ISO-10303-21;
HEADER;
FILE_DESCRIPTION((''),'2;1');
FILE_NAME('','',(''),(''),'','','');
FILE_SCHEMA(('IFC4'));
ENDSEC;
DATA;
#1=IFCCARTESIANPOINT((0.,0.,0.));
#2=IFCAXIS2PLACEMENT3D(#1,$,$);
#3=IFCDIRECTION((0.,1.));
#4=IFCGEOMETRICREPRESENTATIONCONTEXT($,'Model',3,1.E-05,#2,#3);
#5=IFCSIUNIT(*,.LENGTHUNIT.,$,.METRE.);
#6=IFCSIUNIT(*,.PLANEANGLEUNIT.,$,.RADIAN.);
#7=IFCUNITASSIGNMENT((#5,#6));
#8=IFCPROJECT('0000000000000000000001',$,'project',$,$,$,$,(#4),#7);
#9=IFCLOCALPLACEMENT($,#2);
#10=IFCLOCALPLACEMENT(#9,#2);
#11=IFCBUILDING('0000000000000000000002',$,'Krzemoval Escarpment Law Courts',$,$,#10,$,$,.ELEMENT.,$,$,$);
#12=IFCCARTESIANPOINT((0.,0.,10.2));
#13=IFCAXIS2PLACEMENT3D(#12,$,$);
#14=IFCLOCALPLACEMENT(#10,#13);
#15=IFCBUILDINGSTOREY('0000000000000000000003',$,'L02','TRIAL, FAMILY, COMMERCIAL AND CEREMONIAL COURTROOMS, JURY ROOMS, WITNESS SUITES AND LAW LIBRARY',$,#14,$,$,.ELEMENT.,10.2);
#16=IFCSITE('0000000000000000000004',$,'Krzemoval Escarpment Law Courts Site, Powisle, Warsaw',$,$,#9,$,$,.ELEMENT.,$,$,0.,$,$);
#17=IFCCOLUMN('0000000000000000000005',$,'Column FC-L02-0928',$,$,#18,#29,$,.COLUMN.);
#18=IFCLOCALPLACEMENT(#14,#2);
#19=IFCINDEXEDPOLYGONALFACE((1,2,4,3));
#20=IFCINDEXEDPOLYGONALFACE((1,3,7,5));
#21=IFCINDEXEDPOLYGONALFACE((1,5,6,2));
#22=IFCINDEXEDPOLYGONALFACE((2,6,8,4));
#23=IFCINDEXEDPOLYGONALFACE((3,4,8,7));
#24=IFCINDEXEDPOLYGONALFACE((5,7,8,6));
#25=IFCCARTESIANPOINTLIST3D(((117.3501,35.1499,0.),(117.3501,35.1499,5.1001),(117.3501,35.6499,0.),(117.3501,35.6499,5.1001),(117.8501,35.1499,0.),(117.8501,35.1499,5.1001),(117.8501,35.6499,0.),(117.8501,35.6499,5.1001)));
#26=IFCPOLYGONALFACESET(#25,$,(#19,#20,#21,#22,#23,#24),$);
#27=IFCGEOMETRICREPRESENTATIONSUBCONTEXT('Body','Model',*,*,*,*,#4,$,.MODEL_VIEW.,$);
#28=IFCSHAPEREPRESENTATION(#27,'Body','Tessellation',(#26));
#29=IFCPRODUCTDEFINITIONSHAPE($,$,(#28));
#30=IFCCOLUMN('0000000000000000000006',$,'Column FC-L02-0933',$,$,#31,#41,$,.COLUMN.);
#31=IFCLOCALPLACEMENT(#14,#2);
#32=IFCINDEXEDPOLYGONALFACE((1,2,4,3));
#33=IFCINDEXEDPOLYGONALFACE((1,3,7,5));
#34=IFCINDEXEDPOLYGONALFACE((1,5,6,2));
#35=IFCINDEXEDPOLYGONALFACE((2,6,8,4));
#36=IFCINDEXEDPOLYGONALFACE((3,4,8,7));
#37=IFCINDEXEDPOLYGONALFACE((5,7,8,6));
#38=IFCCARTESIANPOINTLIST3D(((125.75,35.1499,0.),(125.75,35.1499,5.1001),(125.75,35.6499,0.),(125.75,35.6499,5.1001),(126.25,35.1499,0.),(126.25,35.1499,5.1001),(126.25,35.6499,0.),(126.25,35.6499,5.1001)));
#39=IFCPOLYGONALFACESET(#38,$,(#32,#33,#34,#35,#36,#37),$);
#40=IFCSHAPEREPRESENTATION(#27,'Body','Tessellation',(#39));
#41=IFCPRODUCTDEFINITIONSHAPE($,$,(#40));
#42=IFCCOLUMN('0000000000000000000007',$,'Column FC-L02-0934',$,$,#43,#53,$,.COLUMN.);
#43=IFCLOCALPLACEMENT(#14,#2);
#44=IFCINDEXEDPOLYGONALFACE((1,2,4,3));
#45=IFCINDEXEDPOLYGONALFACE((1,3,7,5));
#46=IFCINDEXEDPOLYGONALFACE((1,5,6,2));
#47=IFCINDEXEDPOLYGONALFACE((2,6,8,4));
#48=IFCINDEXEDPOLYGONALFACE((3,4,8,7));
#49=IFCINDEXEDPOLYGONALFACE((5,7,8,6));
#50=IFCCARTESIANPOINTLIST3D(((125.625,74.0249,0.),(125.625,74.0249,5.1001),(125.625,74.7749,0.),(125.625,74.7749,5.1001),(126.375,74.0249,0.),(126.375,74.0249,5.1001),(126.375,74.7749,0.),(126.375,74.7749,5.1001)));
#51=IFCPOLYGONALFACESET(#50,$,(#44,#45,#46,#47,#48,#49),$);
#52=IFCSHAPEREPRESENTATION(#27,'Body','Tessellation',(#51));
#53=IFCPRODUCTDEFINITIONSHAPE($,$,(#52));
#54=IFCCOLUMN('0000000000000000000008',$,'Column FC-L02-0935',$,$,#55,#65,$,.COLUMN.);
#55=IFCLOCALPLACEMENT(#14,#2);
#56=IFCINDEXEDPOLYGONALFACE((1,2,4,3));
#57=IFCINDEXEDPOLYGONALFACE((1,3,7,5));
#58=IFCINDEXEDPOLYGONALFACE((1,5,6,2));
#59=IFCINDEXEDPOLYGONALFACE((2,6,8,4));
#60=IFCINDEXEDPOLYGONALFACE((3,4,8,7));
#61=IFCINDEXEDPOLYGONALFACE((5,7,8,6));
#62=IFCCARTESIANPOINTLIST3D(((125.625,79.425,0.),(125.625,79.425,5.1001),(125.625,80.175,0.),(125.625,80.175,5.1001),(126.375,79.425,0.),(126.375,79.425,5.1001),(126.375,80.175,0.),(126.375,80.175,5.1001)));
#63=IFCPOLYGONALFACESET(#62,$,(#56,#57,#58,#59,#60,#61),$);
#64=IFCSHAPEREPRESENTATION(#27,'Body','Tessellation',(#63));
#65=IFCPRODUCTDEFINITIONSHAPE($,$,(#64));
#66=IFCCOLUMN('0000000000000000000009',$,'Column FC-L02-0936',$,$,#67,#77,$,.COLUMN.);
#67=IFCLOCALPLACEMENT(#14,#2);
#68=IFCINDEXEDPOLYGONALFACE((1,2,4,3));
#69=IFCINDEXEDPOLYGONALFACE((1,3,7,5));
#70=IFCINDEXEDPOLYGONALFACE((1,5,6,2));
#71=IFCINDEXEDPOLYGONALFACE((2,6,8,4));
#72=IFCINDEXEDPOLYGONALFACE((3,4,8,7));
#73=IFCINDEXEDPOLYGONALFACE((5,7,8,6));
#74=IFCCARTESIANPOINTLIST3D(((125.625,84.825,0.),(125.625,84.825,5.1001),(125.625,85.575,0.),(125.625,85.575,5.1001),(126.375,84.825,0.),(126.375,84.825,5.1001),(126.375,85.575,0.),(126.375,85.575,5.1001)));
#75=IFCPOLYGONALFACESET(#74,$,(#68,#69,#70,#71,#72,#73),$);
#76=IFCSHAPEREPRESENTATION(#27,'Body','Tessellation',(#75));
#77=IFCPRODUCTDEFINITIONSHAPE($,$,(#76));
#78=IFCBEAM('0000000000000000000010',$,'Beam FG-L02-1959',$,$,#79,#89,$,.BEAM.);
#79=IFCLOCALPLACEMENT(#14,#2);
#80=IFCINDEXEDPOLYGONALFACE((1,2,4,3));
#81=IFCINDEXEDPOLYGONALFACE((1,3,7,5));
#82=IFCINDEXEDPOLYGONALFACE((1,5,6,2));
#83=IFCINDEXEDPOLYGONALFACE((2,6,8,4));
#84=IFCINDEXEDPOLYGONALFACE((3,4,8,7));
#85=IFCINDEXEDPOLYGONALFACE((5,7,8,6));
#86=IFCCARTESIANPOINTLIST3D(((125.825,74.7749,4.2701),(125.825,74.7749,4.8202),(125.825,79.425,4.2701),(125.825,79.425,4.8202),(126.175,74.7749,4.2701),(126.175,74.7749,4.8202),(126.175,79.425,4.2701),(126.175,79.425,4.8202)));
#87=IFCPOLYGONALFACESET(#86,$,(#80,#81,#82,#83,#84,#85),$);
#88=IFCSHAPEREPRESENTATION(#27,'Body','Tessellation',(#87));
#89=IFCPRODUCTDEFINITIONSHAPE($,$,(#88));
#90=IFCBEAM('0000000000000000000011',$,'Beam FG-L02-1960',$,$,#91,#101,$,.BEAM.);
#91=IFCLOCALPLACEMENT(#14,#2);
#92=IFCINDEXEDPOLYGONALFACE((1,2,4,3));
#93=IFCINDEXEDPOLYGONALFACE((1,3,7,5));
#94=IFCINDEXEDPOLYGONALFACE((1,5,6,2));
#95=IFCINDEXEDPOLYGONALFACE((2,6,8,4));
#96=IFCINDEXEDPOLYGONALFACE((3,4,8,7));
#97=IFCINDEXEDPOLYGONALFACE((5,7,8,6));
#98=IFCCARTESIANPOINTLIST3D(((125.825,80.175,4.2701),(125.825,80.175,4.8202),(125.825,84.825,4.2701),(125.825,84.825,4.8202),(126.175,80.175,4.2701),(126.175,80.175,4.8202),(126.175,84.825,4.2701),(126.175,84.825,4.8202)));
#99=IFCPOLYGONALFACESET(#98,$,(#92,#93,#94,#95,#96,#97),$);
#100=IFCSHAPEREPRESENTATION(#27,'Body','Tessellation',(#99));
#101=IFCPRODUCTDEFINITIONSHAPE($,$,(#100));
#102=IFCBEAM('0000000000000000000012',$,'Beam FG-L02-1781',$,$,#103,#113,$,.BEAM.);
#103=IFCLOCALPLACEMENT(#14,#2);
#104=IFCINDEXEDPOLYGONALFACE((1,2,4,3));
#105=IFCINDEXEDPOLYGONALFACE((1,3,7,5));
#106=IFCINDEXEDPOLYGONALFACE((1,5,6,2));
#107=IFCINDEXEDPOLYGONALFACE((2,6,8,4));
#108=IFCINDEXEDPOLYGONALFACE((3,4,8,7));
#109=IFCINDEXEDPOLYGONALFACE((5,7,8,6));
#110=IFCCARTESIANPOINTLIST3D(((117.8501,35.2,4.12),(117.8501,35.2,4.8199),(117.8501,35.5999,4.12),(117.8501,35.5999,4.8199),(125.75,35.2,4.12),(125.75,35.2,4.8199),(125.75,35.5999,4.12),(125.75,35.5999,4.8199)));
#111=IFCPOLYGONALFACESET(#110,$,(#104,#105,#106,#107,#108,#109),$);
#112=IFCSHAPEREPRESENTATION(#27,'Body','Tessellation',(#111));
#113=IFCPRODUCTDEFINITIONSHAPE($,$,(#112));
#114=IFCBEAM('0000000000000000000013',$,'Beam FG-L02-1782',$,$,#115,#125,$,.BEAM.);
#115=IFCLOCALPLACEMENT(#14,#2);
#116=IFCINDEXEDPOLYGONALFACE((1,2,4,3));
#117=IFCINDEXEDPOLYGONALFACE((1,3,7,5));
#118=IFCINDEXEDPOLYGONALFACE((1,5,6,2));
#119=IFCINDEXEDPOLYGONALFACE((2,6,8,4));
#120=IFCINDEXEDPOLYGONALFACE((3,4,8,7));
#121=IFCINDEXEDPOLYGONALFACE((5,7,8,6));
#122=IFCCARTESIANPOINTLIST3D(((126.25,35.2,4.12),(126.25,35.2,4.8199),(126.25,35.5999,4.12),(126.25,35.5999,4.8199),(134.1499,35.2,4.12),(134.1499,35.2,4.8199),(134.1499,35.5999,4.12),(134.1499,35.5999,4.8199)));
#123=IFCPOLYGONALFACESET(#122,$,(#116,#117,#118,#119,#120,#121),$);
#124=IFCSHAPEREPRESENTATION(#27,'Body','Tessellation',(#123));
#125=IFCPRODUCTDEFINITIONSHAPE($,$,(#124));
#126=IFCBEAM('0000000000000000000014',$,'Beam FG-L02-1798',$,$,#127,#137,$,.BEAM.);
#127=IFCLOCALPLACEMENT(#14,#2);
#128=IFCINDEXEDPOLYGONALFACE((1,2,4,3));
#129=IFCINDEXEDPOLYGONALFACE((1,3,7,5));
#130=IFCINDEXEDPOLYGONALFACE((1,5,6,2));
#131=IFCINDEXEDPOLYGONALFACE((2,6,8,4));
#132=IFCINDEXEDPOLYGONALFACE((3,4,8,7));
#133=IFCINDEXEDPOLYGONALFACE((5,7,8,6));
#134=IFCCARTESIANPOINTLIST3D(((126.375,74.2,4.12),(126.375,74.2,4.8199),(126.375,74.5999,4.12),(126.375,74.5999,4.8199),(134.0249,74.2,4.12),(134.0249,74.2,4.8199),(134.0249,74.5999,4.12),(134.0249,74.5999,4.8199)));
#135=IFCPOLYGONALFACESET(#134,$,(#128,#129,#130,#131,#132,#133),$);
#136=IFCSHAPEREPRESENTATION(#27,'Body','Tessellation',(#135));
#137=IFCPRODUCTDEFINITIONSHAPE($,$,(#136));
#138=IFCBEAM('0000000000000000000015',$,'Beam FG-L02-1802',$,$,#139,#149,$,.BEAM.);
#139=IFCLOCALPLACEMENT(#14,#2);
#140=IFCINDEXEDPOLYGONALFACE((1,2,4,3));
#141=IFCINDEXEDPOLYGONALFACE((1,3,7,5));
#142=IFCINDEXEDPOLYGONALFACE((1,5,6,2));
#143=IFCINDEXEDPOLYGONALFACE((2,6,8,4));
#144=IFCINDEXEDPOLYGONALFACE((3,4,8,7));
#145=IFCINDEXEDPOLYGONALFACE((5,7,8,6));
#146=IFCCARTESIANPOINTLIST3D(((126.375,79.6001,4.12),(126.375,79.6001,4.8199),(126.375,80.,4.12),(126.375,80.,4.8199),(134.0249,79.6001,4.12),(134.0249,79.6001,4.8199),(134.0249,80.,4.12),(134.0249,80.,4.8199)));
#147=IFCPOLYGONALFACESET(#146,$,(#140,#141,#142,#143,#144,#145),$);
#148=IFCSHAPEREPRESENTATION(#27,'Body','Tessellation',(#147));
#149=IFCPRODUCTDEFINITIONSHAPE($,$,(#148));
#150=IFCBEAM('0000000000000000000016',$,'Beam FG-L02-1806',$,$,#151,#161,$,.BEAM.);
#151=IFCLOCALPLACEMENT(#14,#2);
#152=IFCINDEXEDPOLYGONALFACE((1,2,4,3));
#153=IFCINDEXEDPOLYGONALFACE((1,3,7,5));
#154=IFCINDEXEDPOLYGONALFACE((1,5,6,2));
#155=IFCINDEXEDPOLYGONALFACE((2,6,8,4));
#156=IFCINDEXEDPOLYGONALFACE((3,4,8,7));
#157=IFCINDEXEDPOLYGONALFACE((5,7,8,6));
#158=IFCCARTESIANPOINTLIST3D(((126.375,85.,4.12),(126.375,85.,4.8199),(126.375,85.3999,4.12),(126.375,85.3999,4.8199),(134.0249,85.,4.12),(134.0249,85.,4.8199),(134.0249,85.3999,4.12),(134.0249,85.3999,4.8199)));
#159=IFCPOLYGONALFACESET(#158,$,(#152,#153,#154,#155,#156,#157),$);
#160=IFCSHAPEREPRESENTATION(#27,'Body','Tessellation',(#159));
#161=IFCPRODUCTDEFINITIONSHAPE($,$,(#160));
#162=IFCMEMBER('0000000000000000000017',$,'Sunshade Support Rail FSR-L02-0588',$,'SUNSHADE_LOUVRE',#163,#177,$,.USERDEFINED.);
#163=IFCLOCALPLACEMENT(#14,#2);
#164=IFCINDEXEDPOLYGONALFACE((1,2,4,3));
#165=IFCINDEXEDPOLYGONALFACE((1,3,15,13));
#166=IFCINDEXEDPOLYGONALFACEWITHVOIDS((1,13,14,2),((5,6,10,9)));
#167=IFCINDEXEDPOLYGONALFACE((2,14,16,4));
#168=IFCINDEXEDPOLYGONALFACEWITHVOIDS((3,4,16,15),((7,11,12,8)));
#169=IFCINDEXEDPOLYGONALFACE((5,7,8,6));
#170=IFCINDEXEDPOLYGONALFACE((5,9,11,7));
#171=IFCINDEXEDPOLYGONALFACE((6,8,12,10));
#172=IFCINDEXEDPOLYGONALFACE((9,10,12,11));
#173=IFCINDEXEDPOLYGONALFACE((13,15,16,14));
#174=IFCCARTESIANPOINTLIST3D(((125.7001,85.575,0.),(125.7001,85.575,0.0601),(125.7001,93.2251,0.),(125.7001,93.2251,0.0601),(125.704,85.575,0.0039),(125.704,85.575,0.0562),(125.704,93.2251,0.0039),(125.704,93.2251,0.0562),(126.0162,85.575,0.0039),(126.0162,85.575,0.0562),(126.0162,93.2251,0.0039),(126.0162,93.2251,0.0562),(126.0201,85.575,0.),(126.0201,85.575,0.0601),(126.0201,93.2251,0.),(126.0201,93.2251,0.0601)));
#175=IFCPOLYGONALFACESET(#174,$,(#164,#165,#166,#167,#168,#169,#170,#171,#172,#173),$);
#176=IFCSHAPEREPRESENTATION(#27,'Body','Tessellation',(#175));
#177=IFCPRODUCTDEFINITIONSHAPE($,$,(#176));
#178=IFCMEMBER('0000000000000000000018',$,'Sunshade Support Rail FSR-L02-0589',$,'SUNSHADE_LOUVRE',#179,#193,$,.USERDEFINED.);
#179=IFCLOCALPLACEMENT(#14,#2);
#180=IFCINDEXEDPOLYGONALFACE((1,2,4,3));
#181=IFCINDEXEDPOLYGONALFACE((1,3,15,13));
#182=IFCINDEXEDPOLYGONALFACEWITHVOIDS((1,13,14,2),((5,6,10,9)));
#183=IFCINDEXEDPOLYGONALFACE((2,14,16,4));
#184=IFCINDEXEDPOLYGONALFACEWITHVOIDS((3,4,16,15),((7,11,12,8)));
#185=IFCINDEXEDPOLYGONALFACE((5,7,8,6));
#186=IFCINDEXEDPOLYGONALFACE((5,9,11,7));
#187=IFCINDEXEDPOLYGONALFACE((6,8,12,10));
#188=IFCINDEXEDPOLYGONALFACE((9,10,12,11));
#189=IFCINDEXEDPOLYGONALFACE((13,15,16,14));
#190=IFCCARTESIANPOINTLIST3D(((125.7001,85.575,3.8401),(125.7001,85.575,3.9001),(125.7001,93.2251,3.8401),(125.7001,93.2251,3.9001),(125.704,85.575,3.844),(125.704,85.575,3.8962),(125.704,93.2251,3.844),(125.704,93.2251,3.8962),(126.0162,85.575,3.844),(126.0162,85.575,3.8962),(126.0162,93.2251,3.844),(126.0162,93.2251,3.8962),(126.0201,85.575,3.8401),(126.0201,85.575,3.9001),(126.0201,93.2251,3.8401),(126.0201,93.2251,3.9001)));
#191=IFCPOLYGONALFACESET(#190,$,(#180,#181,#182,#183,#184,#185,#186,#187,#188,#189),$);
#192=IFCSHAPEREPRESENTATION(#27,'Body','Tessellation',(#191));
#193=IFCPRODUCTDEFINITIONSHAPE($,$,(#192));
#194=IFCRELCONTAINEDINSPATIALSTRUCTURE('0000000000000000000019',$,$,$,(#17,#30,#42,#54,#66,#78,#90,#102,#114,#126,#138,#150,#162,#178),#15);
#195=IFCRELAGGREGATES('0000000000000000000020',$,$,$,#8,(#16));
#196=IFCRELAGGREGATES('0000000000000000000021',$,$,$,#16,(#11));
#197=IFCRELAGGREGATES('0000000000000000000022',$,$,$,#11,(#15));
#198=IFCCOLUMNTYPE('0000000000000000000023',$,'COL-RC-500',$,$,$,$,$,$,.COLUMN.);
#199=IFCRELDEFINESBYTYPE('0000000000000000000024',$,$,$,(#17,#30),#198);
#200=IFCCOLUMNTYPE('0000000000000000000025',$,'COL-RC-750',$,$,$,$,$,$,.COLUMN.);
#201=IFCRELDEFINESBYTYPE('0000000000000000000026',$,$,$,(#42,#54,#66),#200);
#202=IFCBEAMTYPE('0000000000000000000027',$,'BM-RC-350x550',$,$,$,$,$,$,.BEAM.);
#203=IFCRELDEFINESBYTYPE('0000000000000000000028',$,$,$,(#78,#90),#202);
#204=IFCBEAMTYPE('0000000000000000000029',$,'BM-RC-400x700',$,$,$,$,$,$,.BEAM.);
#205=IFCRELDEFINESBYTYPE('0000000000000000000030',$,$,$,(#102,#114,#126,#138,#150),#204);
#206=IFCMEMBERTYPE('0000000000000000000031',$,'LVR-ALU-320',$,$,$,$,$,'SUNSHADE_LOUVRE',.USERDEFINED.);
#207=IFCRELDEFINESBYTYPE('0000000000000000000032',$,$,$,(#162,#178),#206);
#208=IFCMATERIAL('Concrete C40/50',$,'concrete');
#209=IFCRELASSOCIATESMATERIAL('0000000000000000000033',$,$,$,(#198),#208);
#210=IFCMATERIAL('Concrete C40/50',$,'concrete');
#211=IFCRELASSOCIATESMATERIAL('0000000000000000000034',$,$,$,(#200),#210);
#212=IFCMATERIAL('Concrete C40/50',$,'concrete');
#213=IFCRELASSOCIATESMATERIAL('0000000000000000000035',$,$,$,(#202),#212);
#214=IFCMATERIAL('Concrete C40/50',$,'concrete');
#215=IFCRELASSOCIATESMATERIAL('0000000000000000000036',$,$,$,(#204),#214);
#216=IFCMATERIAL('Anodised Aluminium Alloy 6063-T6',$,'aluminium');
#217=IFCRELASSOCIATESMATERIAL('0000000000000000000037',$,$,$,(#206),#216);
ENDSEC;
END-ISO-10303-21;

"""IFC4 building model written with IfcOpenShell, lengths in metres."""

from ifc_helpers import new_model, si_unit, direction, frame, origin, origin_2d, place, context, subcontext, project, spatial, rectangle, hollow_rectangle, extrude, material, material_profile, profile_set, type_object, element, save


model = new_model("IFC4")

# Units and contexts
model_context = context("Model", 3, precision=1e-05, world=origin(), true_north=direction((0.0, 1.0)))
body_context = subcontext(model_context, "Body", "Model", "MODEL_VIEW")
ifc_project = project(units=[si_unit("LENGTHUNIT", "METRE"), si_unit("PLANEANGLEUNIT", "RADIAN")], contexts=[model_context])

# Site, building, storey
site_placement = place(None, origin())
site = spatial("IfcSite", under=ifc_project, at=site_placement, Name="Krzemoval Escarpment Law Courts Site, Powisle, Warsaw", CompositionType="ELEMENT", RefElevation=0.0)
building_placement = place(site_placement, origin())
building = spatial("IfcBuilding", under=site, at=building_placement, Name="Krzemoval Escarpment Law Courts", CompositionType="ELEMENT")
storey_placement = place(building_placement, frame((0.0, 0.0, 10.2)))
storey = spatial("IfcBuildingStorey", under=building, at=storey_placement, Name="L02", Description="TRIAL, FAMILY, COMMERCIAL AND CEREMONIAL COURTROOMS, JURY ROOMS, WITNESS SUITES AND LAW LIBRARY", CompositionType="ELEMENT", Elevation=10.2)

# Columns
ifc_material_1 = material(Name="Concrete C40/50", Category="concrete")
ifc_material_profile_1 = material_profile(ifc_material_1, rectangle(XDim=0.5, YDim=0.5, at=origin_2d()), Name="RC 500x500")
ifc_profile_set_1 = profile_set([ifc_material_profile_1], Name="Concrete C40/50")
column_type_1 = type_object("IfcColumnType", Name="COL-RC-500", PredefinedType="COLUMN", material=ifc_profile_set_1)
for number, where, z_axis, x_axis, name in (
    (1, (117.6001, 35.3999, 0.0), (0.0, 0.0, 1.0), (1.0, 0.0, 0.0), "Column FC-L02-0928"),
    (2, (126.0, 35.3999, 0.0), (0.0, 0.0, 1.0), (1.0, 0.0, 0.0), "Column FC-L02-0933"),
):
    element("IfcColumn", number, at=place(storey_placement, frame(where, z_axis=z_axis, x_axis=x_axis)), inside=storey, type_object=column_type_1, Name=name, PredefinedType="COLUMN", context=body_context, shape_type="SweptSolid", body=[
        extrude(rectangle(XDim=0.5, YDim=0.5, at=origin_2d()), origin(), (0.0, 0.0, 1.0), 5.1001),
    ])
ifc_material_2 = material(Name="Concrete C40/50", Category="concrete")
ifc_material_profile_2 = material_profile(ifc_material_2, rectangle(XDim=0.75, YDim=0.75, at=origin_2d()), Name="RC 750x750")
ifc_profile_set_2 = profile_set([ifc_material_profile_2], Name="Concrete C40/50")
column_type_2 = type_object("IfcColumnType", Name="COL-RC-750", PredefinedType="COLUMN", material=ifc_profile_set_2)
for number, where, z_axis, x_axis, name in (
    (3, (126.0, 74.3999, 0.0), (0.0, 0.0, 1.0), (1.0, 0.0, 0.0), "Column FC-L02-0934"),
    (4, (126.0, 79.8, 0.0), (0.0, 0.0, 1.0), (1.0, 0.0, 0.0), "Column FC-L02-0935"),
    (5, (126.0, 85.2, 0.0), (0.0, 0.0, 1.0), (1.0, 0.0, 0.0), "Column FC-L02-0936"),
):
    element("IfcColumn", number, at=place(storey_placement, frame(where, z_axis=z_axis, x_axis=x_axis)), inside=storey, type_object=column_type_2, Name=name, PredefinedType="COLUMN", context=body_context, shape_type="SweptSolid", body=[
        extrude(rectangle(XDim=0.75, YDim=0.75, at=origin_2d()), origin(), (0.0, 0.0, 1.0), 5.1001),
    ])

# Beams
ifc_material_3 = material(Name="Concrete C40/50", Category="concrete")
ifc_material_profile_3 = material_profile(ifc_material_3, rectangle(XDim=0.3501, YDim=0.55, at=origin_2d()), Name="RCB 350x550")
ifc_profile_set_3 = profile_set([ifc_material_profile_3], Name="Concrete C40/50")
beam_type_1 = type_object("IfcBeamType", Name="BM-RC-350x550", PredefinedType="BEAM", material=ifc_profile_set_3)
beam_1_placement = place(storey_placement, frame((126.0, 74.7749, 4.5452), z_axis=(0.0, 1.0, 0.0), x_axis=(-1.0, 0.0, 0.0)))
element("IfcBeam", 6, at=beam_1_placement, inside=storey, type_object=beam_type_1, Name="Beam FG-L02-1959", PredefinedType="BEAM", context=body_context, shape_type="SweptSolid", body=[
    extrude(rectangle(XDim=0.3501, YDim=0.55, at=origin_2d()), origin(), (0.0, 0.0, 1.0), 4.6501),
])
beam_2_placement = place(storey_placement, frame((126.0, 80.175, 4.5452), z_axis=(0.0, 1.0, 0.0), x_axis=(-1.0, 0.0, 0.0)))
element("IfcBeam", 7, at=beam_2_placement, inside=storey, type_object=beam_type_1, Name="Beam FG-L02-1960", PredefinedType="BEAM", context=body_context, shape_type="SweptSolid", body=[
    extrude(rectangle(XDim=0.3501, YDim=0.55, at=origin_2d()), origin(), (0.0, 0.0, 1.0), 4.6499),
])
ifc_material_4 = material(Name="Concrete C40/50", Category="concrete")
ifc_material_profile_4 = material_profile(ifc_material_4, rectangle(XDim=0.3999, YDim=0.7, at=origin_2d()), Name="RCB 400x700")
ifc_profile_set_4 = profile_set([ifc_material_profile_4], Name="Concrete C40/50")
beam_type_2 = type_object("IfcBeamType", Name="BM-RC-400x700", PredefinedType="BEAM", material=ifc_profile_set_4)
for number, where, z_axis, x_axis, name in (
    (8, (117.8501, 35.3999, 4.47), (1.0, 0.0, 0.0), (0.0, 1.0, 0.0), "Beam FG-L02-1781"),
    (9, (126.25, 35.3999, 4.47), (1.0, 0.0, 0.0), (0.0, 1.0, 0.0), "Beam FG-L02-1782"),
):
    element("IfcBeam", number, at=place(storey_placement, frame(where, z_axis=z_axis, x_axis=x_axis)), inside=storey, type_object=beam_type_2, Name=name, PredefinedType="BEAM", context=body_context, shape_type="SweptSolid", body=[
        extrude(rectangle(XDim=0.3999, YDim=0.7, at=origin_2d()), origin(), (0.0, 0.0, 1.0), 7.8999),
    ])
for number, where, z_axis, x_axis, name in (
    (10, (126.375, 74.3999, 4.47), (1.0, 0.0, 0.0), (0.0, 1.0, 0.0), "Beam FG-L02-1798"),
    (11, (126.375, 79.8, 4.47), (1.0, 0.0, 0.0), (0.0, 1.0, 0.0), "Beam FG-L02-1802"),
    (12, (126.375, 85.2, 4.47), (1.0, 0.0, 0.0), (0.0, 1.0, 0.0), "Beam FG-L02-1806"),
):
    element("IfcBeam", number, at=place(storey_placement, frame(where, z_axis=z_axis, x_axis=x_axis)), inside=storey, type_object=beam_type_2, Name=name, PredefinedType="BEAM", context=body_context, shape_type="SweptSolid", body=[
        extrude(rectangle(XDim=0.3999, YDim=0.7, at=origin_2d()), origin(), (0.0, 0.0, 1.0), 7.6499),
    ])

# Members
ifc_material_5 = material(Name="Anodised Aluminium Alloy 6063-T6", Category="aluminium")
ifc_material_profile_5 = material_profile(ifc_material_5, hollow_rectangle(XDim=0.0601, YDim=0.3201, WallThickness=0.0039, at=origin_2d()), Name="ALU LVR 60x320")
ifc_profile_set_5 = profile_set([ifc_material_profile_5], Name="Anodised Aluminium Alloy 6063-T6")
member_type = type_object("IfcMemberType", Name="LVR-ALU-320", ElementType="SUNSHADE_LOUVRE", PredefinedType="USERDEFINED", material=ifc_profile_set_5)
for number, where, z_axis, x_axis, name in (
    (13, (125.8601, 85.575, 0.03), (0.0, 1.0, 0.0), (0.0, 0.0, 1.0), "Sunshade Support Rail FSR-L02-0588"),
    (14, (125.8601, 85.575, 3.8701), (0.0, 1.0, 0.0), (0.0, 0.0, 1.0), "Sunshade Support Rail FSR-L02-0589"),
):
    element("IfcMember", number, at=place(storey_placement, frame(where, z_axis=z_axis, x_axis=x_axis)), inside=storey, type_object=member_type, Name=name, ObjectType="SUNSHADE_LOUVRE", PredefinedType="USERDEFINED", context=body_context, shape_type="SweptSolid", body=[
        extrude(hollow_rectangle(XDim=0.0601, YDim=0.3201, WallThickness=0.0039, at=origin_2d()), origin(), (0.0, 0.0, 1.0), 7.6501),
    ])

save(model, "model.ifc")
